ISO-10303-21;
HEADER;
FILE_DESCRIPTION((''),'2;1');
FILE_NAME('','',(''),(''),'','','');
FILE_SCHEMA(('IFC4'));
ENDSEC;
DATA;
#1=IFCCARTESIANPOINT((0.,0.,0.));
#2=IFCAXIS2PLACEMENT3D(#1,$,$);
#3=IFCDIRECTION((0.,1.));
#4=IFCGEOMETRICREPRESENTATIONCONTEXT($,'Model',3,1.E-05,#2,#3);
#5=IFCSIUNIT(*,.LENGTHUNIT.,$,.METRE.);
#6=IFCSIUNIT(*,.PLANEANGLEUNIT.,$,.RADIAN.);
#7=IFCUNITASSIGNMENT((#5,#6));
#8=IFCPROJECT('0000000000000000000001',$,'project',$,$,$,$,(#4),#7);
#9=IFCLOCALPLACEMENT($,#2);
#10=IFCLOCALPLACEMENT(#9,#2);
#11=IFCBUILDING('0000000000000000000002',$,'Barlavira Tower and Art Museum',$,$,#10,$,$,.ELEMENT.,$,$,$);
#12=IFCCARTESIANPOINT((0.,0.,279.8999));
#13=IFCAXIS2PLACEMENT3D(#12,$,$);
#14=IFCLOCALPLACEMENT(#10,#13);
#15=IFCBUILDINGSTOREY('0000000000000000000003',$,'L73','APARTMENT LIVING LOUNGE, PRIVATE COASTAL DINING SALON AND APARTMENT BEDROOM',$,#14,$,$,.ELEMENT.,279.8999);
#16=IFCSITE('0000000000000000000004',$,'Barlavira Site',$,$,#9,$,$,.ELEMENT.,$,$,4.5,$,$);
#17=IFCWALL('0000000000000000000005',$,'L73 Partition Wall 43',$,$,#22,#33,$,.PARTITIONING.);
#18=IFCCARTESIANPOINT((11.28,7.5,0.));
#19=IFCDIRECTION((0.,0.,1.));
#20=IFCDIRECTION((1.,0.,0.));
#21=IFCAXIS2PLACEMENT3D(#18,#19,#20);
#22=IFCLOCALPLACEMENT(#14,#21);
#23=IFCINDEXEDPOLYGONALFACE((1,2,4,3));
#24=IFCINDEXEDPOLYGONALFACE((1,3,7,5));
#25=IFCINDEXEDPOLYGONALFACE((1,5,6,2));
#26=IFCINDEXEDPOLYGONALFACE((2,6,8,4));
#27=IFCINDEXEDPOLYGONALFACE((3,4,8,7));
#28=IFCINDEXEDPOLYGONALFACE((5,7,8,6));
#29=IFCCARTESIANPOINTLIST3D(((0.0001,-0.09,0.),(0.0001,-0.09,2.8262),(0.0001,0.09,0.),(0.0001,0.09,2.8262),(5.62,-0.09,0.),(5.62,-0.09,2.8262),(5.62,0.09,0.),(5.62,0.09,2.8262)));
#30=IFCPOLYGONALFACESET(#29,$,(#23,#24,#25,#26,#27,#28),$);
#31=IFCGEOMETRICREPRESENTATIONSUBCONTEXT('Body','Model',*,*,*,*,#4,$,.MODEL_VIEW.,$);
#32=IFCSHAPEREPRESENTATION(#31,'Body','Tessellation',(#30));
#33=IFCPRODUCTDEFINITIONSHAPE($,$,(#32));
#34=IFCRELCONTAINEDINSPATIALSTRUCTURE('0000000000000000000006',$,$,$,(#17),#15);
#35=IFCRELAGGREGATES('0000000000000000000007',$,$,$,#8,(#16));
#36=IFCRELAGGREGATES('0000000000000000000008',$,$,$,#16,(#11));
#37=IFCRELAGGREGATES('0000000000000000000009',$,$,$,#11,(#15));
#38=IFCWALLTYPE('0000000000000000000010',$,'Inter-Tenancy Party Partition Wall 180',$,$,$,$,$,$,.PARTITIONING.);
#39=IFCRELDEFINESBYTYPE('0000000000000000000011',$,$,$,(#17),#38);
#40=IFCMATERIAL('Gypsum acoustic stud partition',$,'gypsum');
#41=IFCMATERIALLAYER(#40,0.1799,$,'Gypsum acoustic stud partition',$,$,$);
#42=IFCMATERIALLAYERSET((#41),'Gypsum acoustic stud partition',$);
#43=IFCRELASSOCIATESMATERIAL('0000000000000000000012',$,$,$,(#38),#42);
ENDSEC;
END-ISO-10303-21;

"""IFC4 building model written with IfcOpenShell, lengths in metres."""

from ifc_helpers import new_model, si_unit, direction, frame, frame_2d, origin, place, context, subcontext, project, spatial, rectangle, extrude, material, layer, layer_set, type_object, element, save


model = new_model("IFC4")

# Units and contexts
model_context = context("Model", 3, precision=1e-05, world=origin(), true_north=direction((0.0, 1.0)))
body_context = subcontext(model_context, "Body", "Model", "MODEL_VIEW")
ifc_project = project(units=[si_unit("LENGTHUNIT", "METRE"), si_unit("PLANEANGLEUNIT", "RADIAN")], contexts=[model_context])

# Site, building, storey
site_placement = place(None, origin())
site = spatial("IfcSite", under=ifc_project, at=site_placement, Name="Barlavira Site", CompositionType="ELEMENT", RefElevation=4.5)
building_placement = place(site_placement, origin())
building = spatial("IfcBuilding", under=site, at=building_placement, Name="Barlavira Tower and Art Museum", CompositionType="ELEMENT")
storey_placement = place(building_placement, frame((0.0, 0.0, 279.8999)))
storey = spatial("IfcBuildingStorey", under=building, at=storey_placement, Name="L73", Description="APARTMENT LIVING LOUNGE, PRIVATE COASTAL DINING SALON AND APARTMENT BEDROOM", CompositionType="ELEMENT", Elevation=279.8999)

# Shared definitions
ifc_material_1 = material(Name="Gypsum acoustic stud partition", Category="gypsum")

# Wall
ifc_layer_1 = layer(ifc_material_1, 0.1799, Name="Gypsum acoustic stud partition")
ifc_layer_set_1 = layer_set([ifc_layer_1], Name="Gypsum acoustic stud partition")
wall_type_1 = type_object("IfcWallType", Name="Inter-Tenancy Party Partition Wall 180", PredefinedType="PARTITIONING", material=ifc_layer_set_1)
wall_1_placement = place(storey_placement, frame((11.28, 7.5, 0.0), z_axis=(0.0, 0.0, 1.0), x_axis=(1.0, 0.0, 0.0)))
element("IfcWall", 1, at=wall_1_placement, inside=storey, type_object=wall_type_1, Name="L73 Partition Wall 43", PredefinedType="PARTITIONING", context=body_context, shape_type="SweptSolid", body=[
    extrude(rectangle(XDim=5.6199, YDim=0.1799, at=frame_2d((2.8101, 0.0))), origin(), (0.0, 0.0, 1.0), 2.8262),
])

save(model, "model.ifc")
